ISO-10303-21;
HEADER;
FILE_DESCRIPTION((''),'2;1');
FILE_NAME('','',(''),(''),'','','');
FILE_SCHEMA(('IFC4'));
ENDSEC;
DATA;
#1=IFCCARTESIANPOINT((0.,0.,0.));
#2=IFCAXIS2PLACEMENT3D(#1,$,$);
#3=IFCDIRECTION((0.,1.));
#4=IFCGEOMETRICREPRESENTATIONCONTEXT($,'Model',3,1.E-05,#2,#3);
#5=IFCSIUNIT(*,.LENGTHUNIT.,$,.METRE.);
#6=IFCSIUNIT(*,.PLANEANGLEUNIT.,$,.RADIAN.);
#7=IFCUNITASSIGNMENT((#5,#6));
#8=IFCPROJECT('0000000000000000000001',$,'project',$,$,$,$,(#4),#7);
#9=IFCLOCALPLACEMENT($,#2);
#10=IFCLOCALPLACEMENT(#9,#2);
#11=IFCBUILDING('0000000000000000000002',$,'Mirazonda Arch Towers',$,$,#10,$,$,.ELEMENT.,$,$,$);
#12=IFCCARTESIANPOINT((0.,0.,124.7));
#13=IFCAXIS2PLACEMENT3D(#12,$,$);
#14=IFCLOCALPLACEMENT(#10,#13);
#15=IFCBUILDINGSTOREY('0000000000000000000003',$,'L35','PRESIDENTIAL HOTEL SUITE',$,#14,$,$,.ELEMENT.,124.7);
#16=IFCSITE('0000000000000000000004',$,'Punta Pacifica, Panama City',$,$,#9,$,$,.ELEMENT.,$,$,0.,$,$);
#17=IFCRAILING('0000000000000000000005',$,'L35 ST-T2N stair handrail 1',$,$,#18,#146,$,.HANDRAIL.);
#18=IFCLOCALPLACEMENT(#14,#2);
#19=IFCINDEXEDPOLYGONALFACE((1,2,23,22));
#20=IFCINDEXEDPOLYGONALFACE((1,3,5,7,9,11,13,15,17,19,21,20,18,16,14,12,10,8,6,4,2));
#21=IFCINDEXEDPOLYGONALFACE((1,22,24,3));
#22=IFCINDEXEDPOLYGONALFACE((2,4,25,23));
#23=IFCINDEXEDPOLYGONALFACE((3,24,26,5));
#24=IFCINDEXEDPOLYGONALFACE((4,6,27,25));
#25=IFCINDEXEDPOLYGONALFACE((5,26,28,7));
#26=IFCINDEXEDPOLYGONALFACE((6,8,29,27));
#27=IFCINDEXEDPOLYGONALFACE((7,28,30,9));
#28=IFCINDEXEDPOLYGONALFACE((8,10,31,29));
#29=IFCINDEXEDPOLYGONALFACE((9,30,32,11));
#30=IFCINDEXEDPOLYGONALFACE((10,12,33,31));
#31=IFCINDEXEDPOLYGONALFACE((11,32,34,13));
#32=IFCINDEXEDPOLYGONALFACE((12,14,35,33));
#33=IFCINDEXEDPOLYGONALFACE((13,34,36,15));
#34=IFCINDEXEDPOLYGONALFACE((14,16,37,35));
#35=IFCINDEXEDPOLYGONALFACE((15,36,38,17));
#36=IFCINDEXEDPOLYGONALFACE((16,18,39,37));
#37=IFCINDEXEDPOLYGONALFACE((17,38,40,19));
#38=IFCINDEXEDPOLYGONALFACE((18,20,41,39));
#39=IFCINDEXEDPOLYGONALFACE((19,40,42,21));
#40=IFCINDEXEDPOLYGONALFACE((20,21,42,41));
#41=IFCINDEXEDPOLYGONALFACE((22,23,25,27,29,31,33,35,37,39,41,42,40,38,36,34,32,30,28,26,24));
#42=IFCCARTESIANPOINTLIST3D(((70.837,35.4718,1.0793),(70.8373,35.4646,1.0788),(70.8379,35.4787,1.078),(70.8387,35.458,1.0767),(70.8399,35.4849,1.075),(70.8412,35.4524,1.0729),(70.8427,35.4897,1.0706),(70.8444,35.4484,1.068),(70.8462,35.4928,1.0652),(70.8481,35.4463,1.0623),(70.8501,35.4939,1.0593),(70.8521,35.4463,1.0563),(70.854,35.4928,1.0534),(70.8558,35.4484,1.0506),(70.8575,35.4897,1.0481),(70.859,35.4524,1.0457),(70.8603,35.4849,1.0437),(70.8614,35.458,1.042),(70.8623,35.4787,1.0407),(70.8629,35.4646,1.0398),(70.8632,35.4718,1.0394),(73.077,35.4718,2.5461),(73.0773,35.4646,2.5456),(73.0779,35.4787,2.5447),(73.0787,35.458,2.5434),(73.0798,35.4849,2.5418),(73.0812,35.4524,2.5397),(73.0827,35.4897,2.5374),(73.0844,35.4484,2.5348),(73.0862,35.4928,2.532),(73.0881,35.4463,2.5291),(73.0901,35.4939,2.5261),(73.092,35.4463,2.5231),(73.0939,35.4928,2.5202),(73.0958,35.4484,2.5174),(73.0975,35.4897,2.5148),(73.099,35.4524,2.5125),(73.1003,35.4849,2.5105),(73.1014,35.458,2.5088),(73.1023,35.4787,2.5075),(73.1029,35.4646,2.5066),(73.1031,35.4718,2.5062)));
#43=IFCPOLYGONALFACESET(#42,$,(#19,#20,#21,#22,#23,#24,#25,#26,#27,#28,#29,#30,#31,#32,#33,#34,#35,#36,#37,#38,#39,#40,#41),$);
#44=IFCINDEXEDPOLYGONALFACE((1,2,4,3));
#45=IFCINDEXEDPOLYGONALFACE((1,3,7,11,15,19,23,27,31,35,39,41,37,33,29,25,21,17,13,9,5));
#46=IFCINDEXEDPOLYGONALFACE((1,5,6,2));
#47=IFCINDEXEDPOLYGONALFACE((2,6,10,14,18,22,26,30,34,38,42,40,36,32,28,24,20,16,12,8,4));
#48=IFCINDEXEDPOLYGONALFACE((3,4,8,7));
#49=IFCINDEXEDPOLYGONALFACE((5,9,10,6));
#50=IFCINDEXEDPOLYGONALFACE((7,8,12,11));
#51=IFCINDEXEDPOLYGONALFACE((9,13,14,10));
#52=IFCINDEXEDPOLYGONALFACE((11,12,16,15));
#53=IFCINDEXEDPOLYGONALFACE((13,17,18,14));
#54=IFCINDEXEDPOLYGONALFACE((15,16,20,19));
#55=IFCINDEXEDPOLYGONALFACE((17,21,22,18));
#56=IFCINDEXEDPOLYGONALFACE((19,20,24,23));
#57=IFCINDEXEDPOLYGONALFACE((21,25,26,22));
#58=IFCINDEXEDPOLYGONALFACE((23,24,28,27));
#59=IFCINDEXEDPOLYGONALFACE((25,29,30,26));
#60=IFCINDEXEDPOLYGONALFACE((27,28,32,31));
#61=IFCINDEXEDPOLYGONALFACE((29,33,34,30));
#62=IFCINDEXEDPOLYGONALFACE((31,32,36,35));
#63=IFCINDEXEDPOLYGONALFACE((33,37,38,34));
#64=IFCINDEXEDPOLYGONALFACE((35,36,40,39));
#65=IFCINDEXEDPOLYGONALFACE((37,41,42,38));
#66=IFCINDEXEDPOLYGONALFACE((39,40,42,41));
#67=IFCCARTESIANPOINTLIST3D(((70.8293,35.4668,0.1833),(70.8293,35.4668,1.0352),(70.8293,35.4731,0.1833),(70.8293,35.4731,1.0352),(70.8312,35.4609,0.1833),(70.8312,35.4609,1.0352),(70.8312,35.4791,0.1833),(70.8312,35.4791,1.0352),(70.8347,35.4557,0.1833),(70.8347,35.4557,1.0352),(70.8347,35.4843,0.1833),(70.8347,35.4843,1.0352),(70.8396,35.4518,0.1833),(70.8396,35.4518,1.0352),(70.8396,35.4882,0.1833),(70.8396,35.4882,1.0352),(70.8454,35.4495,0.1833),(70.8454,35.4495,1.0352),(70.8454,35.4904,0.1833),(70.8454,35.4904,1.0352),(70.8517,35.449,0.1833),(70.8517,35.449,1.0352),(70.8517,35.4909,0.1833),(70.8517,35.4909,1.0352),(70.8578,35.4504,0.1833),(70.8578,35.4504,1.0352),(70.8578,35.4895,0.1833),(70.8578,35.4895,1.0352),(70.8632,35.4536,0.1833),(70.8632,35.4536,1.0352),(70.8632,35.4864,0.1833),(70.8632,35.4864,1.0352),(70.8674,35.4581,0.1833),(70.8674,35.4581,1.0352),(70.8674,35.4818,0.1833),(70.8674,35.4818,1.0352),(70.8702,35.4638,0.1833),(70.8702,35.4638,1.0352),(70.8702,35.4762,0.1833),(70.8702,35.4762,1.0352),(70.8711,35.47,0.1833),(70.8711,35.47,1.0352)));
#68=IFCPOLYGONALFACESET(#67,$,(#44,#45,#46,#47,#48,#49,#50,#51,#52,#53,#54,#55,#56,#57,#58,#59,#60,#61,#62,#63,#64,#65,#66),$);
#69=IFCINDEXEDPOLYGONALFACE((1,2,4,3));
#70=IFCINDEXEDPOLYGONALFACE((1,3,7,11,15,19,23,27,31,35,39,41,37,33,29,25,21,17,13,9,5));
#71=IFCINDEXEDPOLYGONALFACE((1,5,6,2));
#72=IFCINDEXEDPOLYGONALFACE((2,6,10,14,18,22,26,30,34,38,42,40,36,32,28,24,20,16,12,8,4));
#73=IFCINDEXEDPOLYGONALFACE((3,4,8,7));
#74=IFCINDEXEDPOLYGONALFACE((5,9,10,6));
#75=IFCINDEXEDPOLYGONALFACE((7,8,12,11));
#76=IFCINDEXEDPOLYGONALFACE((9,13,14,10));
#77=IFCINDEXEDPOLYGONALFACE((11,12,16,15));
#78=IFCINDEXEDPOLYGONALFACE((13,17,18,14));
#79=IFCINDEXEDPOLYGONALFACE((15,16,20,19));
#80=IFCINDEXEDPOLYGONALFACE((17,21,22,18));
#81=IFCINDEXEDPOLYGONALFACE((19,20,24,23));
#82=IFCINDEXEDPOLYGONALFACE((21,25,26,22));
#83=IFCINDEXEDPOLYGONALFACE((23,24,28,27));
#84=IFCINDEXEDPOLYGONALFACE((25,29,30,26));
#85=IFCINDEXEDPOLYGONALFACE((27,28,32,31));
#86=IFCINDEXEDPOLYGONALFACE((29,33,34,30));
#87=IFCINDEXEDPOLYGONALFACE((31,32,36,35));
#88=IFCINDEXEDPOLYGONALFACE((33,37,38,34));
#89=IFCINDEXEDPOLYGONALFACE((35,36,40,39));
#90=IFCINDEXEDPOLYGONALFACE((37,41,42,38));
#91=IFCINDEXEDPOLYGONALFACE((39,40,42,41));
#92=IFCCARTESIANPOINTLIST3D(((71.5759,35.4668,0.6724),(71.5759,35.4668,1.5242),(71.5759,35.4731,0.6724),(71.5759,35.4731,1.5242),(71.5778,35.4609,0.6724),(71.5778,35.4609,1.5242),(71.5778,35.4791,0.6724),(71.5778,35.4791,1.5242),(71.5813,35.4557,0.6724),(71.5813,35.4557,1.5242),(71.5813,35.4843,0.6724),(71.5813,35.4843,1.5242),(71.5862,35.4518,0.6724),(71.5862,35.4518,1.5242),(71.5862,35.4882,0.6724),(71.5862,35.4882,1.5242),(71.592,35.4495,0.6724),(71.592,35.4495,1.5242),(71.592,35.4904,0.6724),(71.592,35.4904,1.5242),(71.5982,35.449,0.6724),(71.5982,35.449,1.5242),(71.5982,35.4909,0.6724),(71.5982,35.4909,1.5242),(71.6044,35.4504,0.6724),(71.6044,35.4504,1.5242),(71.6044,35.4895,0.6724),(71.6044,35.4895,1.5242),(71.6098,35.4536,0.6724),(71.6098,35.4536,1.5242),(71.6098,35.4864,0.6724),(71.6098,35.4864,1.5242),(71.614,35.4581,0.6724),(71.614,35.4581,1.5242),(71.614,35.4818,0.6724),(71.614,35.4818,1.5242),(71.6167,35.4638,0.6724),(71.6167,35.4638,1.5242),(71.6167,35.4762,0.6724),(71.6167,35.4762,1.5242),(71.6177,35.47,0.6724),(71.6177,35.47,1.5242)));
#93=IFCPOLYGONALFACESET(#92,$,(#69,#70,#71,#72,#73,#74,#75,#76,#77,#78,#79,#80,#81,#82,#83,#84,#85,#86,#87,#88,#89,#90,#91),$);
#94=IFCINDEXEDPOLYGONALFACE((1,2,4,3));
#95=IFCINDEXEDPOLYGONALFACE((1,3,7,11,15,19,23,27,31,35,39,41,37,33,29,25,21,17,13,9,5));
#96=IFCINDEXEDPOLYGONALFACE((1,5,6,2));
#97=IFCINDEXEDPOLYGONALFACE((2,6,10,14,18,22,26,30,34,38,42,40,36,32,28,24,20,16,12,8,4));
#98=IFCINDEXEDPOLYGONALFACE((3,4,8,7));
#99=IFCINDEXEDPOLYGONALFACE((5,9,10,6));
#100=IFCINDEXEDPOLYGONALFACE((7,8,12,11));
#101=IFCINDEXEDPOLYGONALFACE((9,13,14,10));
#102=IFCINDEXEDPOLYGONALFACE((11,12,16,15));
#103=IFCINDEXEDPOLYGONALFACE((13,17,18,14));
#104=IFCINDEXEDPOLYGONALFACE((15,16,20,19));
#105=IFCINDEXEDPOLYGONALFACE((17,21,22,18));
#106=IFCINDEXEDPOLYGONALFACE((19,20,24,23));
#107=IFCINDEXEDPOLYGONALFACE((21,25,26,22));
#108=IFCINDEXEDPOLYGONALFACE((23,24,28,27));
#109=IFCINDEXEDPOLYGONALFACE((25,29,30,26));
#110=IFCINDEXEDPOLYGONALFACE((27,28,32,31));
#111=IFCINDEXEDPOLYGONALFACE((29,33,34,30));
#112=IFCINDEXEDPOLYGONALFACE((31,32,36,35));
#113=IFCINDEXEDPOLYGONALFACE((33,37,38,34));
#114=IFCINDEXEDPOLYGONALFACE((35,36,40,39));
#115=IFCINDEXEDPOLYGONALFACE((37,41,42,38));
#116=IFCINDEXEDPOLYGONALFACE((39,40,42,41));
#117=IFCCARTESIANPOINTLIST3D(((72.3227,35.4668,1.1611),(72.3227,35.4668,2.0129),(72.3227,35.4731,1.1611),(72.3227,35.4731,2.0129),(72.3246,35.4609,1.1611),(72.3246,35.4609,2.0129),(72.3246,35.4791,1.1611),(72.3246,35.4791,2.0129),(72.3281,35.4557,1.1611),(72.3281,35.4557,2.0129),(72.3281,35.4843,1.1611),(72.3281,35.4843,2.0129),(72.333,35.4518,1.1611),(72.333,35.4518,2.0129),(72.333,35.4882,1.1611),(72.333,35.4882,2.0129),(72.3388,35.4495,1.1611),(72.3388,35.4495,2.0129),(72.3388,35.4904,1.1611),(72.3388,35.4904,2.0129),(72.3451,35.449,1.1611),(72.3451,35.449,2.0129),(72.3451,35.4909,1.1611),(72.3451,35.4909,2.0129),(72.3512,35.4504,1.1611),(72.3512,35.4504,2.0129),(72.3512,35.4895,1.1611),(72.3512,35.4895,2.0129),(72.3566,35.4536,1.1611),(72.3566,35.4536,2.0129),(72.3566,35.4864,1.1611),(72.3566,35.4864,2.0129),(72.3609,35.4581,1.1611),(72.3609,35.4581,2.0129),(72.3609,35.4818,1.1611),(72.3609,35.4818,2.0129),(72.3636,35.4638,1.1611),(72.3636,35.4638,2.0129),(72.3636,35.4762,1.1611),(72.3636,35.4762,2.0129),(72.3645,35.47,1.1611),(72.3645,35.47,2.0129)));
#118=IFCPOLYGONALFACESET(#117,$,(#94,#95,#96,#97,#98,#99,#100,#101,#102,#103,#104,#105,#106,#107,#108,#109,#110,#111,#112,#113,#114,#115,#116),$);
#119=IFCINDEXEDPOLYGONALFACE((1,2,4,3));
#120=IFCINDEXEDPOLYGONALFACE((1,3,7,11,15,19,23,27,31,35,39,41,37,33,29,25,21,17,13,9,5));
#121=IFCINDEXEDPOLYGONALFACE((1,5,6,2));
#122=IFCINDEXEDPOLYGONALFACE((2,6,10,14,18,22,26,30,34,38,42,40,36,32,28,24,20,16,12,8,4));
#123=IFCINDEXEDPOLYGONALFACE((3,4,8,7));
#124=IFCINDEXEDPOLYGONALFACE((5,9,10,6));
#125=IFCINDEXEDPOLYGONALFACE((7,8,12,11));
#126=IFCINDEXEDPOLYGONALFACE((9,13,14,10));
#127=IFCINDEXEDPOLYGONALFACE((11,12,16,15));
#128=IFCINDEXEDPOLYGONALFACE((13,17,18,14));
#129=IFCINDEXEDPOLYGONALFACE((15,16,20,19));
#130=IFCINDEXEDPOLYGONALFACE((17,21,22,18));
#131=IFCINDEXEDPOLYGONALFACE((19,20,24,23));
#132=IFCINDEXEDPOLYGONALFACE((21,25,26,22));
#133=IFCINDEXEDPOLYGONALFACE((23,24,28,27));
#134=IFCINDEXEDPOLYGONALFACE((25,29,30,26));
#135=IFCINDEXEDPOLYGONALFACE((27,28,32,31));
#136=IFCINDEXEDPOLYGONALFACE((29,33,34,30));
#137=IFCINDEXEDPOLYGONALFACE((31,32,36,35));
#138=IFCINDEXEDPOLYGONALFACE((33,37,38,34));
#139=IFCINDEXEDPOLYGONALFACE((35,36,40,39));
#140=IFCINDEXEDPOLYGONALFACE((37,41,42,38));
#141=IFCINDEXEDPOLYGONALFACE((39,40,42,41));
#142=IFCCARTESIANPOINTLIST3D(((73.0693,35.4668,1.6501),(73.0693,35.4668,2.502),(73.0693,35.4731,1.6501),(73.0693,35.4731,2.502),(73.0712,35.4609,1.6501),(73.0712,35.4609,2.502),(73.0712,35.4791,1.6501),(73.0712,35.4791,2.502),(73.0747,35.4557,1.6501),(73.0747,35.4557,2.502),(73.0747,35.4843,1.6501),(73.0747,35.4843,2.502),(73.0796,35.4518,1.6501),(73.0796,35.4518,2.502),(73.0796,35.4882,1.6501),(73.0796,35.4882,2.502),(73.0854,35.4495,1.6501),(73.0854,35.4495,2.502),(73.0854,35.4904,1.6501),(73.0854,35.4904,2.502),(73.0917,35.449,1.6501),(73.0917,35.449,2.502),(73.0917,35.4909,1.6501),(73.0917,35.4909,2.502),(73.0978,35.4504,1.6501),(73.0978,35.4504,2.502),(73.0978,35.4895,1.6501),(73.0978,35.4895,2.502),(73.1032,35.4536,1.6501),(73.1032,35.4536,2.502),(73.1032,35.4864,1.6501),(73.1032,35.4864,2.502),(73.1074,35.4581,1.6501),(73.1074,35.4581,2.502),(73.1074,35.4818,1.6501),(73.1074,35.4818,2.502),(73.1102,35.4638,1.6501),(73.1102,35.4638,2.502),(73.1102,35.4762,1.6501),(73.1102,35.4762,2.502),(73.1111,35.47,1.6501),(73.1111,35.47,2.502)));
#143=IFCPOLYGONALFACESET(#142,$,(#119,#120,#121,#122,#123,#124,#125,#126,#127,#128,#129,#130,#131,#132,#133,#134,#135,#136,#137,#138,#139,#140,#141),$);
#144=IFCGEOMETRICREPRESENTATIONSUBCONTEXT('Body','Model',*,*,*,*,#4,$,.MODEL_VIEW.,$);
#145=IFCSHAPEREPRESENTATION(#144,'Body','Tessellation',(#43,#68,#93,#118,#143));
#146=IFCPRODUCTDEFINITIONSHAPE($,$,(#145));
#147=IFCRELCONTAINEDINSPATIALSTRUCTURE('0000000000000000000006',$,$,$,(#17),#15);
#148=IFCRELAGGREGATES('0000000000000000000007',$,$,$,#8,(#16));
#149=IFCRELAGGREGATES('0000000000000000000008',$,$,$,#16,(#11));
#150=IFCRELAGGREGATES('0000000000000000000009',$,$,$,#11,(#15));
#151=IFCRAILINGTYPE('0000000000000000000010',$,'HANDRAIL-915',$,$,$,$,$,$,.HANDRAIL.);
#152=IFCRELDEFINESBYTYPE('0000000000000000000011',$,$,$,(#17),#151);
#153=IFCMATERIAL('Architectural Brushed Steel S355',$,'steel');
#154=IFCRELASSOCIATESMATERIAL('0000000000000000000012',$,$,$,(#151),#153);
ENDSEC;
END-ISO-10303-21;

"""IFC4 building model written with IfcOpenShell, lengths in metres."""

from ifc_helpers import new_model, si_unit, direction, frame, origin, origin_2d, place, context, subcontext, project, spatial, circle, extrude, material, type_object, element, save


model = new_model("IFC4")

# Units and contexts
model_context = context("Model", 3, precision=1e-05, world=origin(), true_north=direction((0.0, 1.0)))
body_context = subcontext(model_context, "Body", "Model", "MODEL_VIEW")
ifc_project = project(units=[si_unit("LENGTHUNIT", "METRE"), si_unit("PLANEANGLEUNIT", "RADIAN")], contexts=[model_context])

# Site, building, storey
site_placement = place(None, origin())
site = spatial("IfcSite", under=ifc_project, at=site_placement, Name="Punta Pacifica, Panama City", CompositionType="ELEMENT", RefElevation=0.0)
building_placement = place(site_placement, origin())
building = spatial("IfcBuilding", under=site, at=building_placement, Name="Mirazonda Arch Towers", CompositionType="ELEMENT")
storey_placement = place(building_placement, frame((0.0, 0.0, 124.7)))
storey = spatial("IfcBuildingStorey", under=building, at=storey_placement, Name="L35", Description="PRESIDENTIAL HOTEL SUITE", CompositionType="ELEMENT", Elevation=124.7)

# Railing
ifc_material_1 = material(Name="Architectural Brushed Steel S355", Category="steel")
railing_type_1 = type_object("IfcRailingType", Name="HANDRAIL-915", PredefinedType="HANDRAIL", material=ifc_material_1)
railing_1_placement = place(storey_placement, frame((70.8501, 35.47, 0.1833)))
element("IfcRailing", 1, at=railing_1_placement, inside=storey, type_object=railing_type_1, Name="L35 ST-T2N stair handrail 1", PredefinedType="HANDRAIL", context=body_context, shape_type="SweptSolid", body=[
    extrude(circle(Radius=0.0239, at=origin_2d()), frame((0.0, 0.0, 0.876), z_axis=(0.836595, 0.0, 0.547822), x_axis=(0.0, 1.0, 0.0)), (0.0, 0.0, 1.0), 2.6775),
    extrude(circle(Radius=0.021, at=origin_2d()), origin(), (0.0, 0.0, 1.0), 0.8518),
    extrude(circle(Radius=0.021, at=origin_2d()), frame((0.7466, 0.0, 0.489)), (0.0, 0.0, 1.0), 0.8518),
    extrude(circle(Radius=0.021, at=origin_2d()), frame((1.4934, 0.0, 0.9778)), (0.0, 0.0, 1.0), 0.8518),
    extrude(circle(Radius=0.021, at=origin_2d()), frame((2.24, 0.0, 1.4668)), (0.0, 0.0, 1.0), 0.8518),
])

save(model, "model.ifc")
